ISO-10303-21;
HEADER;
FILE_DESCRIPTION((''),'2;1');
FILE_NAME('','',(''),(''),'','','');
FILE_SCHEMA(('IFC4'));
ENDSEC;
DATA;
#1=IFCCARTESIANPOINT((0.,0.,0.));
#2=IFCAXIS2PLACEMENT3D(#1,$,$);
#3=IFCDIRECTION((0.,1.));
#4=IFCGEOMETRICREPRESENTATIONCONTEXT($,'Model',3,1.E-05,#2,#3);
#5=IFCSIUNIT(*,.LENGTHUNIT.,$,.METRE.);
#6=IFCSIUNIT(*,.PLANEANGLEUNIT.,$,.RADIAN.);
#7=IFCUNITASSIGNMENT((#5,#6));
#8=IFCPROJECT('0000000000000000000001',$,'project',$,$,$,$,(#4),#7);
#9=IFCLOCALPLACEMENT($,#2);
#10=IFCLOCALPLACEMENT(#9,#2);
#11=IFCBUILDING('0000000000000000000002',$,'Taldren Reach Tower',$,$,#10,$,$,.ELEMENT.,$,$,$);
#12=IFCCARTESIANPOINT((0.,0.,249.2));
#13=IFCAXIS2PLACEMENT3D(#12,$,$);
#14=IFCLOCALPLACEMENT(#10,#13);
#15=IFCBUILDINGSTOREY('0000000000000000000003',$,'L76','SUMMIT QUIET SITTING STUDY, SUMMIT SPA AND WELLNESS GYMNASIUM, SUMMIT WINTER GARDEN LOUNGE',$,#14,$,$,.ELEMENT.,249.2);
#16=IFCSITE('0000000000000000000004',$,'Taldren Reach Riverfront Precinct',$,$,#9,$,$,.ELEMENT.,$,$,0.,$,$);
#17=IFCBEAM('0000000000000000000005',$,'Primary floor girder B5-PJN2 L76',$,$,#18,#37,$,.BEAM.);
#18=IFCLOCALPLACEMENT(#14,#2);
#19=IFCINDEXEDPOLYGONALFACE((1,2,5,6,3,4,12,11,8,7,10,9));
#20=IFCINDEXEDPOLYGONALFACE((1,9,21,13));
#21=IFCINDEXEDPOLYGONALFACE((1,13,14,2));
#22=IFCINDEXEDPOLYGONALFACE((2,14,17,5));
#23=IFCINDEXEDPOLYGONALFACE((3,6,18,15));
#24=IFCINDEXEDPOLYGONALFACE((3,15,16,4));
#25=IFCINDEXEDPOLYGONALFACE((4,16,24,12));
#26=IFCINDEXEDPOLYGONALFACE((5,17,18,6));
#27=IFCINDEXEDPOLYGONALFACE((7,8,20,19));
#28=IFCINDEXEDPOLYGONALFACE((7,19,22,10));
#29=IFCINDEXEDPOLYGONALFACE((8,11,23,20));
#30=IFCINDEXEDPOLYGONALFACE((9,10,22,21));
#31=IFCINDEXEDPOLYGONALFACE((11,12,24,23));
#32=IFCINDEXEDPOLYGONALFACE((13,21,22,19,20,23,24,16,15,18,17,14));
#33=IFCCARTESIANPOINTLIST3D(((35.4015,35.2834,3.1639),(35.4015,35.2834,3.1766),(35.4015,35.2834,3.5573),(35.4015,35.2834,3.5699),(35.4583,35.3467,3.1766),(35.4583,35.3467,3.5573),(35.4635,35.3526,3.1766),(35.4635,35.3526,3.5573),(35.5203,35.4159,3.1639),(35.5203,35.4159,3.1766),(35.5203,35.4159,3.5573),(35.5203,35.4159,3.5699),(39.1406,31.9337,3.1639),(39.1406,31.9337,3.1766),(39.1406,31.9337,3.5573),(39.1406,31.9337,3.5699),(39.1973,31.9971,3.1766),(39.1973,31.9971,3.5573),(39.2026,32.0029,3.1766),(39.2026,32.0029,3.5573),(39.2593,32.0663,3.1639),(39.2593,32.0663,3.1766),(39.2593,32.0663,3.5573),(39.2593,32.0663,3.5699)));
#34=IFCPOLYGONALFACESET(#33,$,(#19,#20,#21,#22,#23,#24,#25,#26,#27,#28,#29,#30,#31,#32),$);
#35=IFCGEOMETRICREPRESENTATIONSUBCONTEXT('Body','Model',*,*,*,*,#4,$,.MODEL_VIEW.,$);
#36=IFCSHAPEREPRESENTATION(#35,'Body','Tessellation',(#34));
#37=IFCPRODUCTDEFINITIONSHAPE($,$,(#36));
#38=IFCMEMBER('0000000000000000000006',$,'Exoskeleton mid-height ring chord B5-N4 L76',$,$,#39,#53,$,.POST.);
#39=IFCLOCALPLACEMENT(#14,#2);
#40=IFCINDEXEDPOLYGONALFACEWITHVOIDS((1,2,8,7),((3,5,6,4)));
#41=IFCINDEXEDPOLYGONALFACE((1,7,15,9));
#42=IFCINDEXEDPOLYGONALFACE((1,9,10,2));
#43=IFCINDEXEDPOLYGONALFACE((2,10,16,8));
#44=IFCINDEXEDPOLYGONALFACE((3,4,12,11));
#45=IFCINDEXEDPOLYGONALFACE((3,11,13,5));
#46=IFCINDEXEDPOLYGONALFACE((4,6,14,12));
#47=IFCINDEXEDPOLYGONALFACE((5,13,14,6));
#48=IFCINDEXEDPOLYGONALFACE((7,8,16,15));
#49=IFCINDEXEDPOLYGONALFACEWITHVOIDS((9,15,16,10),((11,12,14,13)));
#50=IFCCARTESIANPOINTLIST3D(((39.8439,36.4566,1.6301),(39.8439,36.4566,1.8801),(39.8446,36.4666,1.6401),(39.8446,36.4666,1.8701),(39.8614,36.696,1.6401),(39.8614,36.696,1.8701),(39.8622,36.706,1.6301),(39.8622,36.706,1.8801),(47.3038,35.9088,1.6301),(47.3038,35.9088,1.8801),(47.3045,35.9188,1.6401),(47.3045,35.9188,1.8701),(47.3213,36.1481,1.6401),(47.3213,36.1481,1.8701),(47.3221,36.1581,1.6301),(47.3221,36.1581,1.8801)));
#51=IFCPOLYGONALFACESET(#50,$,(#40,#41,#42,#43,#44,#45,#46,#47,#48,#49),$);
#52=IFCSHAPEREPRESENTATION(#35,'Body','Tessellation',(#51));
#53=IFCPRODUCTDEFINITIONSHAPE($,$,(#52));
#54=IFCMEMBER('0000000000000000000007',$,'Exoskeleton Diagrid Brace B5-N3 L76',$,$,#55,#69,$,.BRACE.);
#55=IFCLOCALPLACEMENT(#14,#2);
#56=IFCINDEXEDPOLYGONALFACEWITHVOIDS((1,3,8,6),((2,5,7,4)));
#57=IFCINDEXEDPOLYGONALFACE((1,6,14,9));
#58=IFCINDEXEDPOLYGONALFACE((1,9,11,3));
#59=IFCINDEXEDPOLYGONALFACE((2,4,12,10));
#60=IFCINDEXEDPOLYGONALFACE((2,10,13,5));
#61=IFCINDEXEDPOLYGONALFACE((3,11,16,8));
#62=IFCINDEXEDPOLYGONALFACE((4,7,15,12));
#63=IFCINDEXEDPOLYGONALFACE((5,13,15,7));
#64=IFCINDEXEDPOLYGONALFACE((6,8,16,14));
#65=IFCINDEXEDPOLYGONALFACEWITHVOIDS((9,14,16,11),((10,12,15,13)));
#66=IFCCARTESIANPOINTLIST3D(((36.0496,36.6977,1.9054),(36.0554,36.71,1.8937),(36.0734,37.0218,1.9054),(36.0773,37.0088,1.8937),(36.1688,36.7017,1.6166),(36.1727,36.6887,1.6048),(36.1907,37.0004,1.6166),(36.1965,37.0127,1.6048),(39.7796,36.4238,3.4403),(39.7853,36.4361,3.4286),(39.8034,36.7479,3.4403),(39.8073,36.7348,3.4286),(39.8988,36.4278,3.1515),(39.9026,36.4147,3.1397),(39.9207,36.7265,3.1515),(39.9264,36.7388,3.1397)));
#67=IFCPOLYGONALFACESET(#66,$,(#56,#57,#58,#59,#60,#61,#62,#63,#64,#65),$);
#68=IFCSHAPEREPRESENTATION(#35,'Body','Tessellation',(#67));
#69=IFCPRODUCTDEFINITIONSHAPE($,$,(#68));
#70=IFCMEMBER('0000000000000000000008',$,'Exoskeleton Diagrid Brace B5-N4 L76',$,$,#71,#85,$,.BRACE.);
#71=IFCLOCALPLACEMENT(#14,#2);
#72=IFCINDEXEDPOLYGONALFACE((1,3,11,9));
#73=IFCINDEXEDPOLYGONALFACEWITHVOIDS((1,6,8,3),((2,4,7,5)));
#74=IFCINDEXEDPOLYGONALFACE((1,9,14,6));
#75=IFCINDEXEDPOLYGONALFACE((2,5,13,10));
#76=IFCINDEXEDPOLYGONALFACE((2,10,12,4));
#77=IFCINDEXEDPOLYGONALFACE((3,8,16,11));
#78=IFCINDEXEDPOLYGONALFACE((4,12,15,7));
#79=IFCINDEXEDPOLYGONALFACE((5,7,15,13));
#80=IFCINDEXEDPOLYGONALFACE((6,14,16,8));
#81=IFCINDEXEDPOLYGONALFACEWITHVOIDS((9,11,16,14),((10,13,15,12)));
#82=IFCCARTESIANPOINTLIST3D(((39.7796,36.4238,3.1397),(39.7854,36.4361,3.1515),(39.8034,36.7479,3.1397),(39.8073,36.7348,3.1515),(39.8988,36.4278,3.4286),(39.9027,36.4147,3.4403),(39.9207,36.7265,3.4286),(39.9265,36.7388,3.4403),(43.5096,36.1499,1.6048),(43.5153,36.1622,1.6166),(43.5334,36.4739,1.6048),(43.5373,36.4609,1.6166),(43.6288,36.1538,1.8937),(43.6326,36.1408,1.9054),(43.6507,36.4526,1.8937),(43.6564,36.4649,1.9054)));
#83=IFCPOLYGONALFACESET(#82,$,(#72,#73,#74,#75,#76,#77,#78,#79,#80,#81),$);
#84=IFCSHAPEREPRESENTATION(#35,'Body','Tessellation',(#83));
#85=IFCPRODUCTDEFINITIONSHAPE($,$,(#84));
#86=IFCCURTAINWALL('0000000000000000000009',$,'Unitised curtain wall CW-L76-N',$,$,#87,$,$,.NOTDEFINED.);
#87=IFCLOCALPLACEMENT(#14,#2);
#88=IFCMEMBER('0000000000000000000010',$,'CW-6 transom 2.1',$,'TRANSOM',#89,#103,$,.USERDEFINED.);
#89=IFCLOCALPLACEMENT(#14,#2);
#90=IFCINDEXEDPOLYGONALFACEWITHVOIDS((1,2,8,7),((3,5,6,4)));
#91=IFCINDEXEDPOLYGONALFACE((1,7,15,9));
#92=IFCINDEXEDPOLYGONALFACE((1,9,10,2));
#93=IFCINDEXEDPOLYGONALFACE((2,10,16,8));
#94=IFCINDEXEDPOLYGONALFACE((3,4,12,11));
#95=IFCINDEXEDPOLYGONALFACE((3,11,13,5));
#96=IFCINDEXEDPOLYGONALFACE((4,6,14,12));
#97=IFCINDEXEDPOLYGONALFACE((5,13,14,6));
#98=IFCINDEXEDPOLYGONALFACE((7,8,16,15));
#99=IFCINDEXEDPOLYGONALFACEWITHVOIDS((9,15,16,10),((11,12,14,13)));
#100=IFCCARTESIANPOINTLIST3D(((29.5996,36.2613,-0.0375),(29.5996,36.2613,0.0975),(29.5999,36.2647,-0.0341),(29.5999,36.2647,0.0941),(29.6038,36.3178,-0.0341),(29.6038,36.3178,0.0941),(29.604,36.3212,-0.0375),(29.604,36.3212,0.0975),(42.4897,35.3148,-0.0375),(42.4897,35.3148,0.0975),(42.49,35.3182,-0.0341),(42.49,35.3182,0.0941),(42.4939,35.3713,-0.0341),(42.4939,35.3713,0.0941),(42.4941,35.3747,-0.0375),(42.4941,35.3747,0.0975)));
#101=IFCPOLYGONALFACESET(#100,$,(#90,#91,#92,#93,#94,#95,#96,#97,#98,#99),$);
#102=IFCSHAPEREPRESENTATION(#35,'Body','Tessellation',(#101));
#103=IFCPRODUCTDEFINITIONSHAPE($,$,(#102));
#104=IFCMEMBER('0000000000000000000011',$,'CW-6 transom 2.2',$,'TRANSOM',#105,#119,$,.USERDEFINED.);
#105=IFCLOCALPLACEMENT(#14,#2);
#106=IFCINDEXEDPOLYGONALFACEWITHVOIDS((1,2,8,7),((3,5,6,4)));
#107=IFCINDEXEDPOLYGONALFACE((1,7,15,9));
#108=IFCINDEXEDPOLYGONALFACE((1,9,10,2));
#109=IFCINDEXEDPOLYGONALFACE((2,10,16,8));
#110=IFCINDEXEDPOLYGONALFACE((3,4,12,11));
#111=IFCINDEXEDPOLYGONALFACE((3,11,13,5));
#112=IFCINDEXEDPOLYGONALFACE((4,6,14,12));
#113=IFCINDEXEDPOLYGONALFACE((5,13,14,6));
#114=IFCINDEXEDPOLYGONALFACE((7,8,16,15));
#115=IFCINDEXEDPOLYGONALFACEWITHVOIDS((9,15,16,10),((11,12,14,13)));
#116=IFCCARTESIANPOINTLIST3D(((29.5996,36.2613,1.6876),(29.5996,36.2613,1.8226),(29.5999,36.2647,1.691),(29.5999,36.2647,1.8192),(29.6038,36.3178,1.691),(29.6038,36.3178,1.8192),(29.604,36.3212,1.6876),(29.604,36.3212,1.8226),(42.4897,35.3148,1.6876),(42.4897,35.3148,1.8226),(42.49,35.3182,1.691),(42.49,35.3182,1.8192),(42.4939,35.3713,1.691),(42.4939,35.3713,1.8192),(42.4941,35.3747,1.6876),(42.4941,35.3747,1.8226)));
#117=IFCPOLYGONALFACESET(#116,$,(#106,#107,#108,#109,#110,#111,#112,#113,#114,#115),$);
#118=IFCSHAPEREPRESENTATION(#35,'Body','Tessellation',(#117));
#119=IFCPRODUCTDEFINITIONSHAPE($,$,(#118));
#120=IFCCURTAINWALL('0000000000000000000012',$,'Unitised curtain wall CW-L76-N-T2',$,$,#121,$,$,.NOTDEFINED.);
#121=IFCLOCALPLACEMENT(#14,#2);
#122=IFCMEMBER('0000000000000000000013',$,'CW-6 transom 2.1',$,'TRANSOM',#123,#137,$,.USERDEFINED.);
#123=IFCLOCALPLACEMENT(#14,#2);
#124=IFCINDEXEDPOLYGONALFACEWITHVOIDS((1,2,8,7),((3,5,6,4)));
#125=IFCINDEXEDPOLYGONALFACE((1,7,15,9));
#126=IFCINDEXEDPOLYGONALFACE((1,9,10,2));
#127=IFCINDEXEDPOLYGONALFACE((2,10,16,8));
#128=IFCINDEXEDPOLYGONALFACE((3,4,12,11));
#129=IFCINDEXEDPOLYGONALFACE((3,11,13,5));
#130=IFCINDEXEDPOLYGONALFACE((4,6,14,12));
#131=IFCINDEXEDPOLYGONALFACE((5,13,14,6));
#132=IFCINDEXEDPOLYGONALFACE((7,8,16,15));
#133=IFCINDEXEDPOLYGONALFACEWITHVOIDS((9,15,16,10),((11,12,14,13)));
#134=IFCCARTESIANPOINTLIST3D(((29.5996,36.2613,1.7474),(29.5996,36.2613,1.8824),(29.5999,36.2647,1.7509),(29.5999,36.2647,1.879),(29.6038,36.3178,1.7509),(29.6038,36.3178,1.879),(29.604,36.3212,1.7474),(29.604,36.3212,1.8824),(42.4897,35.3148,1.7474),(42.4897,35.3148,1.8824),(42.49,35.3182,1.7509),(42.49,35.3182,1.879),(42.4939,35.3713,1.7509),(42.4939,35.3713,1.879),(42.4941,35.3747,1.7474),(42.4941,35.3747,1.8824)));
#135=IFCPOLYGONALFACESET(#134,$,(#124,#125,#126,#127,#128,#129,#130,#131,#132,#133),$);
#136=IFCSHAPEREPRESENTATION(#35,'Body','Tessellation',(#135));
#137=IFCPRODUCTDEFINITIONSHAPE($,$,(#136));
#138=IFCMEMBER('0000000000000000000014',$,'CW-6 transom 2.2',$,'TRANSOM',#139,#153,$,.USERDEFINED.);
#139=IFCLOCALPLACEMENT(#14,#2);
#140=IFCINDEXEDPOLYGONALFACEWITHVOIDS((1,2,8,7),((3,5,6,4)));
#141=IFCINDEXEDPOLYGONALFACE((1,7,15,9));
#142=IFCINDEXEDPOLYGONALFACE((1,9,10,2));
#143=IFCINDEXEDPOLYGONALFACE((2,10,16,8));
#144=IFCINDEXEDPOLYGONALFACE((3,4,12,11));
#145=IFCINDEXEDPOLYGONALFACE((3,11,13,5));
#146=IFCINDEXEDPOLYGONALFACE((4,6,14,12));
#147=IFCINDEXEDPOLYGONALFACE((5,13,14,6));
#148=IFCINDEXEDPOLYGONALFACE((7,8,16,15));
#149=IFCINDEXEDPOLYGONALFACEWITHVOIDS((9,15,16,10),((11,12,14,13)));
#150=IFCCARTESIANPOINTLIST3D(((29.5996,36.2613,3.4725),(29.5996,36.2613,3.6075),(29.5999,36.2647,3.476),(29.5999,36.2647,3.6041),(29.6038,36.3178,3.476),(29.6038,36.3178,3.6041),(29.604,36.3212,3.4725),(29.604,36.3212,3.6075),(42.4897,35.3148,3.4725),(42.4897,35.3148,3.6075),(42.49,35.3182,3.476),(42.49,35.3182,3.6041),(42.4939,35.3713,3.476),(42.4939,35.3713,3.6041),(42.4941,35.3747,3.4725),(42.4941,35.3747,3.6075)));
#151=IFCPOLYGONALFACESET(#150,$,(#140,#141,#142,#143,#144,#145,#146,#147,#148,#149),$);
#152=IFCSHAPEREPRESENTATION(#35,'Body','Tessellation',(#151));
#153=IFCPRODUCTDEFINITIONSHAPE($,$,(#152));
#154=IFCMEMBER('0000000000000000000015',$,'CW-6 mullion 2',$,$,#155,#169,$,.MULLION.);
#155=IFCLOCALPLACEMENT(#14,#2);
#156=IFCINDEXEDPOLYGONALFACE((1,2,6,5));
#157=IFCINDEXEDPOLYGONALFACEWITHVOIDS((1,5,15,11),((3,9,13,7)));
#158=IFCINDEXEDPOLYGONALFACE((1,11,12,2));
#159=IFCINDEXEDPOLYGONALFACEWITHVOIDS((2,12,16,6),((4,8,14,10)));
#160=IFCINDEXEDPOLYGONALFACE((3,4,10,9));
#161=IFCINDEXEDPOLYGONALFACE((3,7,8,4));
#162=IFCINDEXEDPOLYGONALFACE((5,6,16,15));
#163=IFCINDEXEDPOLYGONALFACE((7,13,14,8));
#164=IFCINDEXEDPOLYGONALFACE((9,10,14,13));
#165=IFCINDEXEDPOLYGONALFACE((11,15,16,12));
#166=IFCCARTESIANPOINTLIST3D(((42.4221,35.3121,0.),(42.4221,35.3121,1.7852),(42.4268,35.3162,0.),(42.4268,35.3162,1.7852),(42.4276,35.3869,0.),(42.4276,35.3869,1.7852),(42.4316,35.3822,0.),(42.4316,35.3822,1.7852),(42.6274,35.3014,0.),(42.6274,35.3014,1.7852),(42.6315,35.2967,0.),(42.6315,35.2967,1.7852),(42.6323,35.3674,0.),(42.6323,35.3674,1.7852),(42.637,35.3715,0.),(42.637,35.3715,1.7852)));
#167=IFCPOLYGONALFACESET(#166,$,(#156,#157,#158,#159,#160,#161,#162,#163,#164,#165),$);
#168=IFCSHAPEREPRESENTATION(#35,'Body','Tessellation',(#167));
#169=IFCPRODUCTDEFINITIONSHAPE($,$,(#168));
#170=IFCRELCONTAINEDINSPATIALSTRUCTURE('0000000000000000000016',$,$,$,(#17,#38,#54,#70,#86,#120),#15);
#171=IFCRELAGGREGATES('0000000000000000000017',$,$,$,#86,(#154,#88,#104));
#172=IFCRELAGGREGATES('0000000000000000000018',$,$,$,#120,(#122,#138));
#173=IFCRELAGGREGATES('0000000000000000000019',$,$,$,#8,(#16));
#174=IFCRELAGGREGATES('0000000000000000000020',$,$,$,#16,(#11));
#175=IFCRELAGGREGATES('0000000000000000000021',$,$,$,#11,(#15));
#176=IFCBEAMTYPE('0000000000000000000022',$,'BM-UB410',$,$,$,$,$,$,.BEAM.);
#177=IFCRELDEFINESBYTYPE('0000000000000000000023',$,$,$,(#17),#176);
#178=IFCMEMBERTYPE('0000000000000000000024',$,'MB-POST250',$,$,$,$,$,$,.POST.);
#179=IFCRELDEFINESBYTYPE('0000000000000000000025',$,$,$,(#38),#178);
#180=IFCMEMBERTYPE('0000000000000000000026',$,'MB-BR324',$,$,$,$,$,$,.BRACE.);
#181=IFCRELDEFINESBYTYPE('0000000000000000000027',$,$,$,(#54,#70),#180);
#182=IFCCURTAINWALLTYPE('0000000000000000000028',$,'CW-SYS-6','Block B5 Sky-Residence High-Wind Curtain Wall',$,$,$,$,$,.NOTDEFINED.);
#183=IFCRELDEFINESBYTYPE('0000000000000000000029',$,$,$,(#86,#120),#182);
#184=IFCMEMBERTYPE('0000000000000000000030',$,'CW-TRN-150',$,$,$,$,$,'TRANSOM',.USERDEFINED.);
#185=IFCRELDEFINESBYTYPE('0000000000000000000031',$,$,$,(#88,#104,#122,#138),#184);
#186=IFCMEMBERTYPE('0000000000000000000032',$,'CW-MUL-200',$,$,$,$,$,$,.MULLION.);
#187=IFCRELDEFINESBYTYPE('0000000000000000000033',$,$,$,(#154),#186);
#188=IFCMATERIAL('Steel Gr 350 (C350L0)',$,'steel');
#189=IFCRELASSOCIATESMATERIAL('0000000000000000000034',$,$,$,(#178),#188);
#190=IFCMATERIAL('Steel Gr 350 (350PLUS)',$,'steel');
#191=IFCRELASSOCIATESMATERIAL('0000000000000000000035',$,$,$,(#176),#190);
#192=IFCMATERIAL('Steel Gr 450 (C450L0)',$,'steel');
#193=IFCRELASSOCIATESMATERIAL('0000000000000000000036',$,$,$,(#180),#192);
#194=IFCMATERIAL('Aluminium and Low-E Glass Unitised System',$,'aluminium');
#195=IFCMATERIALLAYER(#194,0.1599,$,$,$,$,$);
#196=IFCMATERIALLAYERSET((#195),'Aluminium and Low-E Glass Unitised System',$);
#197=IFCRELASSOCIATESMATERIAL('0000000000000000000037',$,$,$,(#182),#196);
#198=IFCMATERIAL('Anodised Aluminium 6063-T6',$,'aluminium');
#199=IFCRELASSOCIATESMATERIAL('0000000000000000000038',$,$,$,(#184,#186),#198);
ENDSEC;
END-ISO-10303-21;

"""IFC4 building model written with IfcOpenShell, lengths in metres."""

from ifc_helpers import new_model, si_unit, direction, frame, origin, origin_2d, place, context, subcontext, project, spatial, hollow_rectangle, i_section, extrude, source, transform, mapped, material, layer, layer_set, material_profile, profile_set, type_object, element, aggregate, save


model = new_model("IFC4")

# Units and contexts
model_context = context("Model", 3, precision=1e-05, world=origin(), true_north=direction((0.0, 1.0)))
body_context = subcontext(model_context, "Body", "Model", "MODEL_VIEW")
ifc_project = project(units=[si_unit("LENGTHUNIT", "METRE"), si_unit("PLANEANGLEUNIT", "RADIAN")], contexts=[model_context])

# Site, building, storey
site_placement = place(None, origin())
site = spatial("IfcSite", under=ifc_project, at=site_placement, Name="Taldren Reach Riverfront Precinct", CompositionType="ELEMENT", RefElevation=0.0)
building_placement = place(site_placement, origin())
building = spatial("IfcBuilding", under=site, at=building_placement, Name="Taldren Reach Tower", CompositionType="ELEMENT")
storey_placement = place(building_placement, frame((0.0, 0.0, 249.2)))
storey = spatial("IfcBuildingStorey", under=building, at=storey_placement, Name="L76", Description="SUMMIT QUIET SITTING STUDY, SUMMIT SPA AND WELLNESS GYMNASIUM, SUMMIT WINTER GARDEN LOUNGE", CompositionType="ELEMENT", Elevation=249.2)

# Shared definitions
ifc_material_1 = material(Name="Steel Gr 350 (C350L0)", Category="steel")
ifc_material_2 = material(Name="Steel Gr 350 (350PLUS)", Category="steel")

# Shared definitions
ifc_material_profile_1 = material_profile(ifc_material_1, hollow_rectangle(XDim=0.25, YDim=0.25, WallThickness=0.01, at=origin_2d()), Name="250x250x10.0SHS")
ifc_profile_set_1 = profile_set([ifc_material_profile_1], Name="Steel Gr 350 (C350L0)")
member_type_1 = type_object("IfcMemberType", Name="MB-POST250", PredefinedType="POST", material=ifc_profile_set_1)
ifc_material_3 = material(Name="Steel Gr 450 (C450L0)", Category="steel")

# Beam
ifc_material_profile_2 = material_profile(ifc_material_2, i_section(OverallWidth=0.178, OverallDepth=0.406, WebThickness=0.0078, FlangeThickness=0.0127, at=origin_2d()), Name="410UB59.7")
ifc_profile_set_2 = profile_set([ifc_material_profile_2], Name="Steel Gr 350 (350PLUS)")
beam_type_1 = type_object("IfcBeamType", Name="BM-UB410", PredefinedType="BEAM", material=ifc_profile_set_2)
shared_shape_1 = source(origin(), body_context, "Body", "SweptSolid", [
    extrude(i_section(OverallWidth=0.178, OverallDepth=0.406, WebThickness=0.0078, FlangeThickness=0.0127, at=origin_2d()), origin(), (0.0, 0.0, 1.0), 5.02),
])
beam_1_placement = place(storey_placement, frame((39.2, 32.0, 3.3669), z_axis=(-0.744828, 0.667257, 0.0), x_axis=(-0.667257, -0.744828, 0.0)))
element("IfcBeam", 1, at=beam_1_placement, inside=storey, type_object=beam_type_1, Name="Primary floor girder B5-PJN2 L76", PredefinedType="BEAM", context=body_context, shape_type="MappedRepresentation", body=[
    mapped(shared_shape_1, transform((0.0, 0.0, 0.0), scale=1.0)),
])

# Members
shared_shape_2 = source(origin(), body_context, "Body", "SweptSolid", [
    extrude(hollow_rectangle(XDim=0.25, YDim=0.25, WallThickness=0.01, at=origin_2d()), origin(), (0.0, 0.0, 1.0), 7.48),
])
member_1_placement = place(storey_placement, frame((39.853, 36.5813, 1.7551), z_axis=(0.997314, -0.073242, 0.0), x_axis=(0.073242, 0.997314, 0.0)))
element("IfcMember", 2, at=member_1_placement, inside=storey, type_object=member_type_1, Name="Exoskeleton mid-height ring chord B5-N4 L76", PredefinedType="POST", context=body_context, shape_type="MappedRepresentation", body=[
    mapped(shared_shape_2, transform((0.0, 0.0, 0.0), scale=1.0)),
])
ifc_material_profile_3 = material_profile(ifc_material_3, hollow_rectangle(XDim=0.325, YDim=0.325, WallThickness=0.0127, at=origin_2d()), Name="325x325x12.7SHS")
ifc_profile_set_3 = profile_set([ifc_material_profile_3], Name="Steel Gr 450 (C450L0)")
member_type_2 = type_object("IfcMemberType", Name="MB-BR324", PredefinedType="BRACE", material=ifc_profile_set_3)
shared_shape_3 = source(origin(), body_context, "Body", "SweptSolid", [
    extrude(hollow_rectangle(XDim=0.325, YDim=0.325, WallThickness=0.0127, at=origin_2d()), origin(), (0.0, 0.0, 1.0), 4.0427),
])
for number, where, z_axis, x_axis, name in (
    (3, (36.123, 36.8552, 1.7551), (0.922637, -0.067757, 0.379671), (0.073242, 0.997314, 0.0), "Exoskeleton Diagrid Brace B5-N3 L76"),
    (4, (43.583, 36.3074, 1.7551), (-0.922637, 0.067757, 0.379671), (-0.073242, -0.997314, 0.0), "Exoskeleton Diagrid Brace B5-N4 L76"),
):
    element("IfcMember", number, at=place(storey_placement, frame(where, z_axis=z_axis, x_axis=x_axis)), inside=storey, type_object=member_type_2, Name=name, PredefinedType="BRACE", context=body_context, shape_type="MappedRepresentation", body=[
        mapped(shared_shape_3, transform((0.0, 0.0, 0.0), scale=1.0)),
    ])

# Curtain walls, members
ifc_material_4 = material(Name="Aluminium and Low-E Glass Unitised System", Category="aluminium")
ifc_layer_1 = layer(ifc_material_4, 0.1599)
ifc_layer_set_1 = layer_set([ifc_layer_1], Name="Aluminium and Low-E Glass Unitised System")
curtain_wall_type = type_object("IfcCurtainWallType", Name="CW-SYS-6", Description="Block B5 Sky-Residence High-Wind Curtain Wall", PredefinedType="NOTDEFINED", material=ifc_layer_set_1)
curtain_wall_1_placement = place(storey_placement, origin())
curtain_wall_1 = element("IfcCurtainWall", 5, at=curtain_wall_1_placement, inside=storey, type_object=curtain_wall_type, Name="Unitised curtain wall CW-L76-N", PredefinedType="NOTDEFINED")
ifc_material_5 = material(Name="Anodised Aluminium 6063-T6", Category="aluminium")
ifc_material_profile_4 = material_profile(ifc_material_5, hollow_rectangle(XDim=0.0601, YDim=0.135, WallThickness=0.0034, at=origin_2d()), Name="ALU-135x60x3.5RHS")
ifc_profile_set_4 = profile_set([ifc_material_profile_4], Name="Anodised Aluminium 6063-T6")
member_type_3 = type_object("IfcMemberType", Name="CW-TRN-150", ElementType="TRANSOM", PredefinedType="USERDEFINED", material=ifc_profile_set_4)
shared_shape_4 = source(origin(), body_context, "Body", "SweptSolid", [
    extrude(hollow_rectangle(XDim=0.0601, YDim=0.135, WallThickness=0.0034, at=origin_2d()), origin(), (0.0, 0.0, 1.0), 12.9248),
])
member_2_placement = place(storey_placement, frame((42.4919, 35.3447, 0.03), z_axis=(-0.997315, 0.073234, 0.0), x_axis=(-0.073234, -0.997315, 0.0)))
member_2 = element("IfcMember", 6, at=member_2_placement, type_object=member_type_3, Name="CW-6 transom 2.1", ObjectType="TRANSOM", PredefinedType="USERDEFINED", context=body_context, shape_type="MappedRepresentation", body=[
    mapped(shared_shape_4, transform((0.0, 0.0, 0.0), scale=1.0)),
])
member_3_placement = place(storey_placement, frame((42.4919, 35.3447, 1.7551), z_axis=(-0.997315, 0.073234, 0.0), x_axis=(-0.073234, -0.997315, 0.0)))
member_3 = element("IfcMember", 7, at=member_3_placement, type_object=member_type_3, Name="CW-6 transom 2.2", ObjectType="TRANSOM", PredefinedType="USERDEFINED", context=body_context, shape_type="MappedRepresentation", body=[
    mapped(shared_shape_4, transform((0.0, 0.0, 0.0), scale=1.0)),
])
curtain_wall_2_placement = place(storey_placement, origin())
curtain_wall_2 = element("IfcCurtainWall", 8, at=curtain_wall_2_placement, inside=storey, type_object=curtain_wall_type, Name="Unitised curtain wall CW-L76-N-T2", PredefinedType="NOTDEFINED")
member_4_placement = place(storey_placement, frame((42.4919, 35.3447, 1.8149), z_axis=(-0.997315, 0.073234, 0.0), x_axis=(-0.073234, -0.997315, 0.0)))
member_4 = element("IfcMember", 9, at=member_4_placement, type_object=member_type_3, Name="CW-6 transom 2.1", ObjectType="TRANSOM", PredefinedType="USERDEFINED", context=body_context, shape_type="MappedRepresentation", body=[
    mapped(shared_shape_4, transform((0.0, 0.0, 0.0), scale=1.0)),
])
member_5_placement = place(storey_placement, frame((42.4919, 35.3447, 3.54), z_axis=(-0.997315, 0.073234, 0.0), x_axis=(-0.073234, -0.997315, 0.0)))
member_5 = element("IfcMember", 10, at=member_5_placement, type_object=member_type_3, Name="CW-6 transom 2.2", ObjectType="TRANSOM", PredefinedType="USERDEFINED", context=body_context, shape_type="MappedRepresentation", body=[
    mapped(shared_shape_4, transform((0.0, 0.0, 0.0), scale=1.0)),
])

# Member
ifc_material_profile_5 = material_profile(ifc_material_5, hollow_rectangle(XDim=0.075, YDim=0.21, WallThickness=0.0044, at=origin_2d()), Name="ALU-210x75x4.5RHS")
ifc_profile_set_5 = profile_set([ifc_material_profile_5], Name="Anodised Aluminium 6063-T6")
member_type_4 = type_object("IfcMemberType", Name="CW-MUL-200", PredefinedType="MULLION", material=ifc_profile_set_5)
shared_shape_5 = source(origin(), body_context, "Body", "SweptSolid", [
    extrude(hollow_rectangle(XDim=0.075, YDim=0.21, WallThickness=0.0044, at=origin_2d()), origin(), (0.0, 0.0, 1.0), 1.7852),
])
member_6_placement = place(storey_placement, frame((42.5295, 35.3418, 0.0), z_axis=(0.0, 0.0, 1.0), x_axis=(-0.073238, -0.997314, 0.0)))
member_6 = element("IfcMember", 11, at=member_6_placement, type_object=member_type_4, Name="CW-6 mullion 2", PredefinedType="MULLION", context=body_context, shape_type="MappedRepresentation", body=[
    mapped(shared_shape_5, transform((0.0, 0.0, 0.0), scale=1.0)),
])

aggregate(curtain_wall_1, [member_6, member_2, member_3])
aggregate(curtain_wall_2, [member_4, member_5])

save(model, "model.ifc")
